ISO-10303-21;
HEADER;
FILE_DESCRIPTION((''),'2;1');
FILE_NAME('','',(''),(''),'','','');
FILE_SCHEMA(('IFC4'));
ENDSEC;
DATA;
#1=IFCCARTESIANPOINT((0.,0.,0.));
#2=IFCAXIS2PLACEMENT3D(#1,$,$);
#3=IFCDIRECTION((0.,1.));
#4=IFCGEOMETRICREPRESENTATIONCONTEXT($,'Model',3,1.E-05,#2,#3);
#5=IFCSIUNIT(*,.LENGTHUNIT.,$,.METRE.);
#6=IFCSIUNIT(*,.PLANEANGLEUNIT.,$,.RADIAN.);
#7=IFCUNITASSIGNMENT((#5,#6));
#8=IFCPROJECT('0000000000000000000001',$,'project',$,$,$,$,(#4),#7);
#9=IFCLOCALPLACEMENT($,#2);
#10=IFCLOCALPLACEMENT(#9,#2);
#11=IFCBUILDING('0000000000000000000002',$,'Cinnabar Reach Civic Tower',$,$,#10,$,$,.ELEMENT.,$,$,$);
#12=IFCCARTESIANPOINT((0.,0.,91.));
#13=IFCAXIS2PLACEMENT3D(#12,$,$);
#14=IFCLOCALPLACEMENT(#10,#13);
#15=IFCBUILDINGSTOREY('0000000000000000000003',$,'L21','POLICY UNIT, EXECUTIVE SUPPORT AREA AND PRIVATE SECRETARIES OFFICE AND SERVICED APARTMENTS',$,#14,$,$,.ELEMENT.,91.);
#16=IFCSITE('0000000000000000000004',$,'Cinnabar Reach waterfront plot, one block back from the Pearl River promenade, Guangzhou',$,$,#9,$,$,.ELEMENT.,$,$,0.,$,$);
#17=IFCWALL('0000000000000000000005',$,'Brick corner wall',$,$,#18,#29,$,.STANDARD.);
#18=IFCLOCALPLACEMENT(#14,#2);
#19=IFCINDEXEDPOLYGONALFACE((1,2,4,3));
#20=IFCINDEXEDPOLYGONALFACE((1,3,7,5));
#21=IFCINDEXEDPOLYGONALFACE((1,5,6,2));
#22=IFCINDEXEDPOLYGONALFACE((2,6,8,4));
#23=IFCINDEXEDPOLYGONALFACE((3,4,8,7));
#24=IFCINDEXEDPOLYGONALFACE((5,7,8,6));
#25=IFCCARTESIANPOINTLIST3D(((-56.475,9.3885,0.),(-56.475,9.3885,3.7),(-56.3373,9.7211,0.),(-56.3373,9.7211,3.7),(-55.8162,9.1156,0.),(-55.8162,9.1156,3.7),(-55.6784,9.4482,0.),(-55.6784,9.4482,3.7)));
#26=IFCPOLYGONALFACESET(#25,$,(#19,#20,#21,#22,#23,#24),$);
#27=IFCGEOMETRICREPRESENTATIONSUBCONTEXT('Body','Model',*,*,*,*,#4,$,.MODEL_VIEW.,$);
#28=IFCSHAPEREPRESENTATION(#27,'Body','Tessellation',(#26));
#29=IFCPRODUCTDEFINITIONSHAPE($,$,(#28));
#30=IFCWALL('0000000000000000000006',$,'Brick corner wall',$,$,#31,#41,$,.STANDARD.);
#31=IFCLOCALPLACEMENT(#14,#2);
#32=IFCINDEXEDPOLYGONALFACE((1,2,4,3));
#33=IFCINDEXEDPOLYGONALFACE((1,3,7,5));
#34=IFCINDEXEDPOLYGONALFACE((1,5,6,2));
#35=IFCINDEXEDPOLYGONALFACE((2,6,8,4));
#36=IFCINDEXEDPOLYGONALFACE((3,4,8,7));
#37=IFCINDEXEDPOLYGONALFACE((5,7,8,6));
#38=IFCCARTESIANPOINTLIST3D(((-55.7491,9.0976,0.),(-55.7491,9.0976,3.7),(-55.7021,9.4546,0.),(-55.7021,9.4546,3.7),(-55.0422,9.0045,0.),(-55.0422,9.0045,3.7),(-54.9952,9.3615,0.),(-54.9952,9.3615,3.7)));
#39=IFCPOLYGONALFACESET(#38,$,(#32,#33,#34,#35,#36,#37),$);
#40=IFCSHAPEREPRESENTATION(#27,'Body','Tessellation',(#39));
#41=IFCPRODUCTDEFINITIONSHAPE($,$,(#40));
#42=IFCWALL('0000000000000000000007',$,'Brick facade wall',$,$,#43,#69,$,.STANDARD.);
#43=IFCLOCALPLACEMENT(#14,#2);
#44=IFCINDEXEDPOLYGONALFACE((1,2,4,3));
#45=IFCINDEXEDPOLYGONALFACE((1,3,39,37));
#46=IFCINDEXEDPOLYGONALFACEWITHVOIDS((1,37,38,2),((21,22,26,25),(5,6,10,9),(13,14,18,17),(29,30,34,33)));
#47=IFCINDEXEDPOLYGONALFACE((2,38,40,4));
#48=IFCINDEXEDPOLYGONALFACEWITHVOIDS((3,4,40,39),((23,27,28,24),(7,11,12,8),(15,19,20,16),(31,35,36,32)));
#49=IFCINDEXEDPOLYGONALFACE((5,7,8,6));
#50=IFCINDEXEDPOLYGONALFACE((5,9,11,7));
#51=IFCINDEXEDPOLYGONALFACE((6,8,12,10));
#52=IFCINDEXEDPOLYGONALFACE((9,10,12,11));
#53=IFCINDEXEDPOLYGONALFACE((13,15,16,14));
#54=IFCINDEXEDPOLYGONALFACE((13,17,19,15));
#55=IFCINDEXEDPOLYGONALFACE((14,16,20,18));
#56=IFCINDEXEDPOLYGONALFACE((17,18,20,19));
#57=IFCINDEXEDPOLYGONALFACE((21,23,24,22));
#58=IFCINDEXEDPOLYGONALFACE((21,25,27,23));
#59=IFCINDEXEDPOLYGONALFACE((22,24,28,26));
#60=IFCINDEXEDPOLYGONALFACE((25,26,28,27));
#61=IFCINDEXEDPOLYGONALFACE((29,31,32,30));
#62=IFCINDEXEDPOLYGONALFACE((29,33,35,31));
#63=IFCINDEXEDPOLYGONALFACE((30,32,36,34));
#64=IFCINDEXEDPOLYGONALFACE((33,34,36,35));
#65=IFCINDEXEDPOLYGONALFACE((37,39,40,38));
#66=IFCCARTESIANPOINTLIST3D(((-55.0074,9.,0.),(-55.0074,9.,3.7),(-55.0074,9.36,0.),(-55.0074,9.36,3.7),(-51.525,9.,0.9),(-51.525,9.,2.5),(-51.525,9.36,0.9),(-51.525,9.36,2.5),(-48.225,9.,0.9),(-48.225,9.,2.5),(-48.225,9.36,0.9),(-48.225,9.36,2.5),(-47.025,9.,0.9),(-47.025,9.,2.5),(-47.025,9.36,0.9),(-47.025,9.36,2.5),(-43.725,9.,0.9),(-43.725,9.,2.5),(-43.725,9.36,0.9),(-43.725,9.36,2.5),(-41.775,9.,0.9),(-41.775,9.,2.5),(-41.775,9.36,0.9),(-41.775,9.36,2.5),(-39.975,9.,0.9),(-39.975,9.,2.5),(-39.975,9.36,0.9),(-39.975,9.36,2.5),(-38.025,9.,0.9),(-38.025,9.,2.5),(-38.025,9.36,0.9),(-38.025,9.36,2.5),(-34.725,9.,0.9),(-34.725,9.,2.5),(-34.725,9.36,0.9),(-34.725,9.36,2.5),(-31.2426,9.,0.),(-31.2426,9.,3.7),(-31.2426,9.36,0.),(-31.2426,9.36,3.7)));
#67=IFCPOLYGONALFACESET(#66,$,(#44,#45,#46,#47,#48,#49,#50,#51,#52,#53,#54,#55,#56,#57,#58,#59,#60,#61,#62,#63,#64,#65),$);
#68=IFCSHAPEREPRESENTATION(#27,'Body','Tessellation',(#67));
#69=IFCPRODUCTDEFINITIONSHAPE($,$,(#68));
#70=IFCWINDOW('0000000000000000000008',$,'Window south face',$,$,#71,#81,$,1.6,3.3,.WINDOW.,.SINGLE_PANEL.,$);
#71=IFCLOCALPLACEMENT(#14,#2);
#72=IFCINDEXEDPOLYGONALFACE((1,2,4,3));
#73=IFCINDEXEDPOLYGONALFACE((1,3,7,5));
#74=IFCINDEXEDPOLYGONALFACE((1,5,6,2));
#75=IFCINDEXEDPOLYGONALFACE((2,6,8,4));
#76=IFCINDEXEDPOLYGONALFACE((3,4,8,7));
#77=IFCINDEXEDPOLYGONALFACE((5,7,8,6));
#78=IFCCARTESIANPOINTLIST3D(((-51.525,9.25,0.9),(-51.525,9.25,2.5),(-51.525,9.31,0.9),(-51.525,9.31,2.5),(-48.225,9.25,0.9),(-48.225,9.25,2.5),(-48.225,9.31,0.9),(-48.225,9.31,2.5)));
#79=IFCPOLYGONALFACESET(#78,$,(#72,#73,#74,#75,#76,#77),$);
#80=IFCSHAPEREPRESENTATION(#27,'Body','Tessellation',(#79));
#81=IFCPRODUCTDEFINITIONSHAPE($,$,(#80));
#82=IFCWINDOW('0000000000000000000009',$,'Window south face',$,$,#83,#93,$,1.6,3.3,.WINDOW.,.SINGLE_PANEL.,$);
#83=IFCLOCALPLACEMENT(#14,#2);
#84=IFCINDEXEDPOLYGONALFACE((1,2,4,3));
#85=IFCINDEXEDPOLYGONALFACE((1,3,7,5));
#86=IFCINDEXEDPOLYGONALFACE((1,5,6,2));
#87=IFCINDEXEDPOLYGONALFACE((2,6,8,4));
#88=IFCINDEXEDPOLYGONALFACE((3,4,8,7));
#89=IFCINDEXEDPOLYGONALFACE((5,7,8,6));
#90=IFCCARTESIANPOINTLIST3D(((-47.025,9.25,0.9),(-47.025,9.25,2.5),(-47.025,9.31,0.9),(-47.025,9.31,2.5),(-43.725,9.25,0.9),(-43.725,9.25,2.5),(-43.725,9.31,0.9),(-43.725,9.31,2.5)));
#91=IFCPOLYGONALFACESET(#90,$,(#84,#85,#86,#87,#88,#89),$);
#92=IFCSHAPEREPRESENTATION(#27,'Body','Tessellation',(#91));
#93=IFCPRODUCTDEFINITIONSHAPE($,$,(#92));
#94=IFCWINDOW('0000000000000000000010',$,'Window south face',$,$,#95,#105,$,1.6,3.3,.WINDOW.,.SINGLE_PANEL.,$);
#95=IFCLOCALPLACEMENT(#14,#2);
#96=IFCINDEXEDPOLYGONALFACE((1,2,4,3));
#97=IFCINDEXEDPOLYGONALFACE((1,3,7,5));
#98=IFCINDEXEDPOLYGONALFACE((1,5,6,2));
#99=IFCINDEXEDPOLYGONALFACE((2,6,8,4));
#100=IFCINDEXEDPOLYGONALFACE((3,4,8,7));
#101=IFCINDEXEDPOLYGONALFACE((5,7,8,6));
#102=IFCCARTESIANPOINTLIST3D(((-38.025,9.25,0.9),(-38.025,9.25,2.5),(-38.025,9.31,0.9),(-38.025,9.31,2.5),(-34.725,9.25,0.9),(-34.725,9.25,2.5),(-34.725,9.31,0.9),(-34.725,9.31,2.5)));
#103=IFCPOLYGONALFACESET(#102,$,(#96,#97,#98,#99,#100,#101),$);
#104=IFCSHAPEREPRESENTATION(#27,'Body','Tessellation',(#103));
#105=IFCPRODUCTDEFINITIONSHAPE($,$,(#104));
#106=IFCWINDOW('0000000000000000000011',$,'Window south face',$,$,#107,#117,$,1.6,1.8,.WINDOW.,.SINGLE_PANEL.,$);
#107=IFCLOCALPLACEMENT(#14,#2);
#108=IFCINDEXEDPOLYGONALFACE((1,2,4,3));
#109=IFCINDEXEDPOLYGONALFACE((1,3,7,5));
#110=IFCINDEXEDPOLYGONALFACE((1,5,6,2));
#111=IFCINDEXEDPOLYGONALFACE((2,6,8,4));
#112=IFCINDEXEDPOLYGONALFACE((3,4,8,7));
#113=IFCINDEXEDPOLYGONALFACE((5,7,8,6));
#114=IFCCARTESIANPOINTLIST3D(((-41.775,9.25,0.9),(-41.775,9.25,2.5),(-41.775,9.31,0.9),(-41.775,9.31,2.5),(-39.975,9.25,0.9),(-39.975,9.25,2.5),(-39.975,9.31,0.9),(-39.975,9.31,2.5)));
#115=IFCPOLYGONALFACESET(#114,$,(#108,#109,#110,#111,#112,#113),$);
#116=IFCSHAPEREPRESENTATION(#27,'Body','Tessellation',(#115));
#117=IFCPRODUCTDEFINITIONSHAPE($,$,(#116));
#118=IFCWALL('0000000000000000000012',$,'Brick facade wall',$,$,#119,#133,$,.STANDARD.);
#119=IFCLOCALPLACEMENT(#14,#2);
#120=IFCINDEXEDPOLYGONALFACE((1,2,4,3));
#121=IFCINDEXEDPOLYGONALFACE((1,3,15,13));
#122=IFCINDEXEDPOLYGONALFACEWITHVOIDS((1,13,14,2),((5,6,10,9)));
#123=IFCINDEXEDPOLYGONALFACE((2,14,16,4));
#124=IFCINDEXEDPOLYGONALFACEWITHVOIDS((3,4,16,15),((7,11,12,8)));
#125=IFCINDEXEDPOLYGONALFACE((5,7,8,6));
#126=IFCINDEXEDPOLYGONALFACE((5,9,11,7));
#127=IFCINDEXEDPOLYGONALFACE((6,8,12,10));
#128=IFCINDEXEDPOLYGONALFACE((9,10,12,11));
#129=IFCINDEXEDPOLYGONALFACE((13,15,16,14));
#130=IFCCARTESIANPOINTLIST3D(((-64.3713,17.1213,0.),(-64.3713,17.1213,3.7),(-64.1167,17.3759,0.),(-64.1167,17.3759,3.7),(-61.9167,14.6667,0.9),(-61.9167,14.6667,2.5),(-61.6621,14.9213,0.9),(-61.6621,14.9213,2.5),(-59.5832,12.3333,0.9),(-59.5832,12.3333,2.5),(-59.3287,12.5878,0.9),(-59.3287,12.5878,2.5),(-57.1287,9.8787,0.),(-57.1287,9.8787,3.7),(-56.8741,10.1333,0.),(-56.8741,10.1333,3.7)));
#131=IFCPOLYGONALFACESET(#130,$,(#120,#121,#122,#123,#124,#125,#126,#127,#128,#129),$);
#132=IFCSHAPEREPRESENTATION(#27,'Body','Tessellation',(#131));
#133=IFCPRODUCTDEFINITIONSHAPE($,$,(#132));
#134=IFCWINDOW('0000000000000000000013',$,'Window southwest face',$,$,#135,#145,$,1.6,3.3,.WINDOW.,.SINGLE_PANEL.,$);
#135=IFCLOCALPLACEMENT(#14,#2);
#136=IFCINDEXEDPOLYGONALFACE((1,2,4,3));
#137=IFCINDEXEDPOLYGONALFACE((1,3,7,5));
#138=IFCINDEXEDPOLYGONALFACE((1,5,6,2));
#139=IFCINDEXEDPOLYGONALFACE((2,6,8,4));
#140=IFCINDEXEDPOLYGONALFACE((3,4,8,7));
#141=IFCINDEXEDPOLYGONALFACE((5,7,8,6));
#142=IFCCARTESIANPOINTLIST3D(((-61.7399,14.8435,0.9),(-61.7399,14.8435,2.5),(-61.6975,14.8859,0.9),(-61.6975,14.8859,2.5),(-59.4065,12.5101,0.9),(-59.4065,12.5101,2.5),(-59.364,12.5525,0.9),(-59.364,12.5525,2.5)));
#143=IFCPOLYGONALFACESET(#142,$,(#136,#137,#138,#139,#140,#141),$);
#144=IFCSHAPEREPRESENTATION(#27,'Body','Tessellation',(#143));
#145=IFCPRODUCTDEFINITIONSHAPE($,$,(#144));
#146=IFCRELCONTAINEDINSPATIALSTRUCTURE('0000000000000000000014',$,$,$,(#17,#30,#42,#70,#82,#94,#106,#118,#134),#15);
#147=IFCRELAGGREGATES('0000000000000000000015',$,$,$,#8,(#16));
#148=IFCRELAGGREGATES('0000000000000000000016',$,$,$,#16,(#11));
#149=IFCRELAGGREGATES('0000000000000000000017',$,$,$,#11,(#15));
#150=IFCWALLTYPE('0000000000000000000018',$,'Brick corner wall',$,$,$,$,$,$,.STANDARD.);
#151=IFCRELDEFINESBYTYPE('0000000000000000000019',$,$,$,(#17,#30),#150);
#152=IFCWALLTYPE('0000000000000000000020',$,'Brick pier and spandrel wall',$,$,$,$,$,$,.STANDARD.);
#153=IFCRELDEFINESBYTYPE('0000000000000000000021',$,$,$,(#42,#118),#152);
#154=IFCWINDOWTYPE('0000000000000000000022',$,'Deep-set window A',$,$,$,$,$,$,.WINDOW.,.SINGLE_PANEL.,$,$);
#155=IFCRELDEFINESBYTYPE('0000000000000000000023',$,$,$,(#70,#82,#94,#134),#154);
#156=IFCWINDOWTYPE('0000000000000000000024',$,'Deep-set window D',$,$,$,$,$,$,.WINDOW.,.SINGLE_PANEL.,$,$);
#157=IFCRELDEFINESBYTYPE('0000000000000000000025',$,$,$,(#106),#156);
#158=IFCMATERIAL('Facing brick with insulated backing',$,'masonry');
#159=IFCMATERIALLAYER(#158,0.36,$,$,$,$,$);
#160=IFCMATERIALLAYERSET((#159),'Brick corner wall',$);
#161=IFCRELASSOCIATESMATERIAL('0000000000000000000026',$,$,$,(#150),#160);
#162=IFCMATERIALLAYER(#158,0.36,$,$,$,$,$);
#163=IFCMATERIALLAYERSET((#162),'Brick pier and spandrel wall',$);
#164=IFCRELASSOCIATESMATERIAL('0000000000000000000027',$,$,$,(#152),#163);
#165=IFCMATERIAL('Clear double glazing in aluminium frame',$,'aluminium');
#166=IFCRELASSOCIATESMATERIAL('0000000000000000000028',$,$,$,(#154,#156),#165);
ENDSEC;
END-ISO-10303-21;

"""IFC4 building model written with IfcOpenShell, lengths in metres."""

from ifc_helpers import new_model, si_unit, direction, frame, frame_2d, origin, place, context, subcontext, project, spatial, rectangle, extrude, material, layer, layer_set, type_object, element, fill, save


model = new_model("IFC4")

# Units and contexts
model_context = context("Model", 3, precision=1e-05, world=origin(), true_north=direction((0.0, 1.0)))
body_context = subcontext(model_context, "Body", "Model", "MODEL_VIEW")
ifc_project = project(units=[si_unit("LENGTHUNIT", "METRE"), si_unit("PLANEANGLEUNIT", "RADIAN")], contexts=[model_context])

# Site, building, storey
site_placement = place(None, origin())
site = spatial("IfcSite", under=ifc_project, at=site_placement, Name="Cinnabar Reach waterfront plot, one block back from the Pearl River promenade, Guangzhou", CompositionType="ELEMENT", RefElevation=0.0)
building_placement = place(site_placement, origin())
building = spatial("IfcBuilding", under=site, at=building_placement, Name="Cinnabar Reach Civic Tower", CompositionType="ELEMENT")
storey_placement = place(building_placement, frame((0.0, 0.0, 91.0)))
storey = spatial("IfcBuildingStorey", under=building, at=storey_placement, Name="L21", Description="POLICY UNIT, EXECUTIVE SUPPORT AREA AND PRIVATE SECRETARIES OFFICE AND SERVICED APARTMENTS", CompositionType="ELEMENT", Elevation=91.0)

# Walls
ifc_material_1 = material(Name="Facing brick with insulated backing", Category="masonry")
ifc_layer_1 = layer(ifc_material_1, 0.36)
ifc_layer_set_1 = layer_set([ifc_layer_1], Name="Brick corner wall")
wall_type_1 = type_object("IfcWallType", Name="Brick corner wall", PredefinedType="STANDARD", material=ifc_layer_set_1)
for number, where, z_axis, x_axis, name in (
    (1, (-56.4061, 9.5548, 0.0), (0.0, 0.0, 1.0), (0.923872, -0.382703, 0.0), "Brick corner wall"),
    (2, (-55.7256, 9.2761, 0.0), (0.0, 0.0, 1.0), (0.991441, -0.130556, 0.0), "Brick corner wall"),
):
    element("IfcWall", number, at=place(storey_placement, frame(where, z_axis=z_axis, x_axis=x_axis)), inside=storey, type_object=wall_type_1, Name=name, PredefinedType="STANDARD", context=body_context, shape_type="SweptSolid", body=[
        extrude(rectangle(XDim=0.7131, YDim=0.36, at=frame_2d((0.3565, 0.0))), origin(), (0.0, 0.0, 1.0), 3.7),
    ])

# Wall, openings, windows
ifc_layer_2 = layer(ifc_material_1, 0.36)
ifc_layer_set_2 = layer_set([ifc_layer_2], Name="Brick pier and spandrel wall")
wall_type_2 = type_object("IfcWallType", Name="Brick pier and spandrel wall", PredefinedType="STANDARD", material=ifc_layer_set_2)
wall_1_placement = place(storey_placement, frame((-55.0074, 9.18, 0.0), z_axis=(0.0, 0.0, 1.0), x_axis=(1.0, 0.0, 0.0)))
wall_1 = element("IfcWall", 3, at=wall_1_placement, inside=storey, type_object=wall_type_2, Name="Brick facade wall", PredefinedType="STANDARD", context=body_context, shape_type="SweptSolid", body=[
    extrude(rectangle(XDim=23.7648, YDim=0.36, at=frame_2d((11.8824, 0.0))), origin(), (0.0, 0.0, 1.0), 3.7),
])
opening_1_placement = place(wall_1_placement, frame((3.4824, 0.0, 0.9)))
opening_1 = element("IfcOpeningElement", 4, at=opening_1_placement, cuts=wall_1, PredefinedType="OPENING", context=body_context, shape_type="SweptSolid", body=[
    extrude(rectangle(XDim=3.3, YDim=1.6, at=frame_2d((1.65, 0.8))), frame((0.0, 0.19, 0.0), z_axis=(0.0, -1.0, 0.0), x_axis=(1.0, 0.0, 0.0)), (0.0, 0.0, 1.0), 0.38),
])
opening_2_placement = place(wall_1_placement, frame((7.9824, 0.0, 0.9)))
opening_2 = element("IfcOpeningElement", 5, at=opening_2_placement, cuts=wall_1, PredefinedType="OPENING", context=body_context, shape_type="SweptSolid", body=[
    extrude(rectangle(XDim=3.3, YDim=1.6, at=frame_2d((1.65, 0.8))), frame((0.0, 0.19, 0.0), z_axis=(0.0, -1.0, 0.0), x_axis=(1.0, 0.0, 0.0)), (0.0, 0.0, 1.0), 0.38),
])
opening_3_placement = place(wall_1_placement, frame((13.2324, 0.0, 0.9)))
opening_3 = element("IfcOpeningElement", 6, at=opening_3_placement, cuts=wall_1, PredefinedType="OPENING", context=body_context, shape_type="SweptSolid", body=[
    extrude(rectangle(XDim=1.8, YDim=1.6, at=frame_2d((0.9, 0.8))), frame((0.0, 0.19, 0.0), z_axis=(0.0, -1.0, 0.0), x_axis=(1.0, 0.0, 0.0)), (0.0, 0.0, 1.0), 0.38),
])
opening_4_placement = place(wall_1_placement, frame((16.9824, 0.0, 0.9)))
opening_4 = element("IfcOpeningElement", 7, at=opening_4_placement, cuts=wall_1, PredefinedType="OPENING", context=body_context, shape_type="SweptSolid", body=[
    extrude(rectangle(XDim=3.3, YDim=1.6, at=frame_2d((1.65, 0.8))), frame((0.0, 0.19, 0.0), z_axis=(0.0, -1.0, 0.0), x_axis=(1.0, 0.0, 0.0)), (0.0, 0.0, 1.0), 0.38),
])
ifc_material_2 = material(Name="Clear double glazing in aluminium frame", Category="aluminium")
window_type_1 = type_object("IfcWindowType", Name="Deep-set window A", PartitioningType="SINGLE_PANEL", PredefinedType="WINDOW", material=ifc_material_2)
window_1_placement = place(opening_1_placement, origin())
window_1 = element("IfcWindow", 8, at=window_1_placement, inside=storey, type_object=window_type_1, Name="Window south face", OverallHeight=1.6, OverallWidth=3.3, PartitioningType="SINGLE_PANEL", PredefinedType="WINDOW", context=body_context, shape_type="SweptSolid", body=[
    extrude(rectangle(XDim=3.3, YDim=1.6, at=frame_2d((1.65, 0.8))), frame((0.0, 0.13, 0.0), z_axis=(0.0, -1.0, 0.0), x_axis=(1.0, 0.0, 0.0)), (0.0, 0.0, 1.0), 0.06),
])
fill(opening_1, window_1)
window_2_placement = place(opening_2_placement, origin())
window_2 = element("IfcWindow", 9, at=window_2_placement, inside=storey, type_object=window_type_1, Name="Window south face", OverallHeight=1.6, OverallWidth=3.3, PartitioningType="SINGLE_PANEL", PredefinedType="WINDOW", context=body_context, shape_type="SweptSolid", body=[
    extrude(rectangle(XDim=3.3, YDim=1.6, at=frame_2d((1.65, 0.8))), frame((0.0, 0.13, 0.0), z_axis=(0.0, -1.0, 0.0), x_axis=(1.0, 0.0, 0.0)), (0.0, 0.0, 1.0), 0.06),
])
fill(opening_2, window_2)
window_3_placement = place(opening_4_placement, origin())
window_3 = element("IfcWindow", 10, at=window_3_placement, inside=storey, type_object=window_type_1, Name="Window south face", OverallHeight=1.6, OverallWidth=3.3, PartitioningType="SINGLE_PANEL", PredefinedType="WINDOW", context=body_context, shape_type="SweptSolid", body=[
    extrude(rectangle(XDim=3.3, YDim=1.6, at=frame_2d((1.65, 0.8))), frame((0.0, 0.13, 0.0), z_axis=(0.0, -1.0, 0.0), x_axis=(1.0, 0.0, 0.0)), (0.0, 0.0, 1.0), 0.06),
])
fill(opening_4, window_3)
window_type_2 = type_object("IfcWindowType", Name="Deep-set window D", PartitioningType="SINGLE_PANEL", PredefinedType="WINDOW", material=ifc_material_2)
window_4_placement = place(opening_3_placement, origin())
window_4 = element("IfcWindow", 11, at=window_4_placement, inside=storey, type_object=window_type_2, Name="Window south face", OverallHeight=1.6, OverallWidth=1.8, PartitioningType="SINGLE_PANEL", PredefinedType="WINDOW", context=body_context, shape_type="SweptSolid", body=[
    extrude(rectangle(XDim=1.8, YDim=1.6, at=frame_2d((0.9, 0.8))), frame((0.0, 0.13, 0.0), z_axis=(0.0, -1.0, 0.0), x_axis=(1.0, 0.0, 0.0)), (0.0, 0.0, 1.0), 0.06),
])
fill(opening_3, window_4)

# Wall, opening, window
wall_2_placement = place(storey_placement, frame((-64.244, 17.2486, 0.0), z_axis=(0.0, 0.0, 1.0), x_axis=(0.707107, -0.707107, 0.0)))
wall_2 = element("IfcWall", 12, at=wall_2_placement, inside=storey, type_object=wall_type_2, Name="Brick facade wall", PredefinedType="STANDARD", context=body_context, shape_type="SweptSolid", body=[
    extrude(rectangle(XDim=10.2426, YDim=0.36, at=frame_2d((5.1213, 0.0))), origin(), (0.0, 0.0, 1.0), 3.7),
])
opening_5_placement = place(wall_2_placement, frame((3.4713, 0.0, 0.9)))
opening_5 = element("IfcOpeningElement", 13, at=opening_5_placement, cuts=wall_2, PredefinedType="OPENING", context=body_context, shape_type="SweptSolid", body=[
    extrude(rectangle(XDim=3.3, YDim=1.6, at=frame_2d((1.65, 0.8))), frame((0.0, 0.19, 0.0), z_axis=(0.0, -1.0, 0.0), x_axis=(1.0, 0.0, 0.0)), (0.0, 0.0, 1.0), 0.38),
])
window_5_placement = place(opening_5_placement, origin())
window_5 = element("IfcWindow", 14, at=window_5_placement, inside=storey, type_object=window_type_1, Name="Window southwest face", OverallHeight=1.6, OverallWidth=3.3, PartitioningType="SINGLE_PANEL", PredefinedType="WINDOW", context=body_context, shape_type="SweptSolid", body=[
    extrude(rectangle(XDim=3.3, YDim=1.6, at=frame_2d((1.65, 0.8))), frame((0.0, 0.13, 0.0), z_axis=(0.0, -1.0, 0.0), x_axis=(1.0, 0.0, 0.0)), (0.0, 0.0, 1.0), 0.06),
])
fill(opening_5, window_5)

save(model, "model.ifc")
